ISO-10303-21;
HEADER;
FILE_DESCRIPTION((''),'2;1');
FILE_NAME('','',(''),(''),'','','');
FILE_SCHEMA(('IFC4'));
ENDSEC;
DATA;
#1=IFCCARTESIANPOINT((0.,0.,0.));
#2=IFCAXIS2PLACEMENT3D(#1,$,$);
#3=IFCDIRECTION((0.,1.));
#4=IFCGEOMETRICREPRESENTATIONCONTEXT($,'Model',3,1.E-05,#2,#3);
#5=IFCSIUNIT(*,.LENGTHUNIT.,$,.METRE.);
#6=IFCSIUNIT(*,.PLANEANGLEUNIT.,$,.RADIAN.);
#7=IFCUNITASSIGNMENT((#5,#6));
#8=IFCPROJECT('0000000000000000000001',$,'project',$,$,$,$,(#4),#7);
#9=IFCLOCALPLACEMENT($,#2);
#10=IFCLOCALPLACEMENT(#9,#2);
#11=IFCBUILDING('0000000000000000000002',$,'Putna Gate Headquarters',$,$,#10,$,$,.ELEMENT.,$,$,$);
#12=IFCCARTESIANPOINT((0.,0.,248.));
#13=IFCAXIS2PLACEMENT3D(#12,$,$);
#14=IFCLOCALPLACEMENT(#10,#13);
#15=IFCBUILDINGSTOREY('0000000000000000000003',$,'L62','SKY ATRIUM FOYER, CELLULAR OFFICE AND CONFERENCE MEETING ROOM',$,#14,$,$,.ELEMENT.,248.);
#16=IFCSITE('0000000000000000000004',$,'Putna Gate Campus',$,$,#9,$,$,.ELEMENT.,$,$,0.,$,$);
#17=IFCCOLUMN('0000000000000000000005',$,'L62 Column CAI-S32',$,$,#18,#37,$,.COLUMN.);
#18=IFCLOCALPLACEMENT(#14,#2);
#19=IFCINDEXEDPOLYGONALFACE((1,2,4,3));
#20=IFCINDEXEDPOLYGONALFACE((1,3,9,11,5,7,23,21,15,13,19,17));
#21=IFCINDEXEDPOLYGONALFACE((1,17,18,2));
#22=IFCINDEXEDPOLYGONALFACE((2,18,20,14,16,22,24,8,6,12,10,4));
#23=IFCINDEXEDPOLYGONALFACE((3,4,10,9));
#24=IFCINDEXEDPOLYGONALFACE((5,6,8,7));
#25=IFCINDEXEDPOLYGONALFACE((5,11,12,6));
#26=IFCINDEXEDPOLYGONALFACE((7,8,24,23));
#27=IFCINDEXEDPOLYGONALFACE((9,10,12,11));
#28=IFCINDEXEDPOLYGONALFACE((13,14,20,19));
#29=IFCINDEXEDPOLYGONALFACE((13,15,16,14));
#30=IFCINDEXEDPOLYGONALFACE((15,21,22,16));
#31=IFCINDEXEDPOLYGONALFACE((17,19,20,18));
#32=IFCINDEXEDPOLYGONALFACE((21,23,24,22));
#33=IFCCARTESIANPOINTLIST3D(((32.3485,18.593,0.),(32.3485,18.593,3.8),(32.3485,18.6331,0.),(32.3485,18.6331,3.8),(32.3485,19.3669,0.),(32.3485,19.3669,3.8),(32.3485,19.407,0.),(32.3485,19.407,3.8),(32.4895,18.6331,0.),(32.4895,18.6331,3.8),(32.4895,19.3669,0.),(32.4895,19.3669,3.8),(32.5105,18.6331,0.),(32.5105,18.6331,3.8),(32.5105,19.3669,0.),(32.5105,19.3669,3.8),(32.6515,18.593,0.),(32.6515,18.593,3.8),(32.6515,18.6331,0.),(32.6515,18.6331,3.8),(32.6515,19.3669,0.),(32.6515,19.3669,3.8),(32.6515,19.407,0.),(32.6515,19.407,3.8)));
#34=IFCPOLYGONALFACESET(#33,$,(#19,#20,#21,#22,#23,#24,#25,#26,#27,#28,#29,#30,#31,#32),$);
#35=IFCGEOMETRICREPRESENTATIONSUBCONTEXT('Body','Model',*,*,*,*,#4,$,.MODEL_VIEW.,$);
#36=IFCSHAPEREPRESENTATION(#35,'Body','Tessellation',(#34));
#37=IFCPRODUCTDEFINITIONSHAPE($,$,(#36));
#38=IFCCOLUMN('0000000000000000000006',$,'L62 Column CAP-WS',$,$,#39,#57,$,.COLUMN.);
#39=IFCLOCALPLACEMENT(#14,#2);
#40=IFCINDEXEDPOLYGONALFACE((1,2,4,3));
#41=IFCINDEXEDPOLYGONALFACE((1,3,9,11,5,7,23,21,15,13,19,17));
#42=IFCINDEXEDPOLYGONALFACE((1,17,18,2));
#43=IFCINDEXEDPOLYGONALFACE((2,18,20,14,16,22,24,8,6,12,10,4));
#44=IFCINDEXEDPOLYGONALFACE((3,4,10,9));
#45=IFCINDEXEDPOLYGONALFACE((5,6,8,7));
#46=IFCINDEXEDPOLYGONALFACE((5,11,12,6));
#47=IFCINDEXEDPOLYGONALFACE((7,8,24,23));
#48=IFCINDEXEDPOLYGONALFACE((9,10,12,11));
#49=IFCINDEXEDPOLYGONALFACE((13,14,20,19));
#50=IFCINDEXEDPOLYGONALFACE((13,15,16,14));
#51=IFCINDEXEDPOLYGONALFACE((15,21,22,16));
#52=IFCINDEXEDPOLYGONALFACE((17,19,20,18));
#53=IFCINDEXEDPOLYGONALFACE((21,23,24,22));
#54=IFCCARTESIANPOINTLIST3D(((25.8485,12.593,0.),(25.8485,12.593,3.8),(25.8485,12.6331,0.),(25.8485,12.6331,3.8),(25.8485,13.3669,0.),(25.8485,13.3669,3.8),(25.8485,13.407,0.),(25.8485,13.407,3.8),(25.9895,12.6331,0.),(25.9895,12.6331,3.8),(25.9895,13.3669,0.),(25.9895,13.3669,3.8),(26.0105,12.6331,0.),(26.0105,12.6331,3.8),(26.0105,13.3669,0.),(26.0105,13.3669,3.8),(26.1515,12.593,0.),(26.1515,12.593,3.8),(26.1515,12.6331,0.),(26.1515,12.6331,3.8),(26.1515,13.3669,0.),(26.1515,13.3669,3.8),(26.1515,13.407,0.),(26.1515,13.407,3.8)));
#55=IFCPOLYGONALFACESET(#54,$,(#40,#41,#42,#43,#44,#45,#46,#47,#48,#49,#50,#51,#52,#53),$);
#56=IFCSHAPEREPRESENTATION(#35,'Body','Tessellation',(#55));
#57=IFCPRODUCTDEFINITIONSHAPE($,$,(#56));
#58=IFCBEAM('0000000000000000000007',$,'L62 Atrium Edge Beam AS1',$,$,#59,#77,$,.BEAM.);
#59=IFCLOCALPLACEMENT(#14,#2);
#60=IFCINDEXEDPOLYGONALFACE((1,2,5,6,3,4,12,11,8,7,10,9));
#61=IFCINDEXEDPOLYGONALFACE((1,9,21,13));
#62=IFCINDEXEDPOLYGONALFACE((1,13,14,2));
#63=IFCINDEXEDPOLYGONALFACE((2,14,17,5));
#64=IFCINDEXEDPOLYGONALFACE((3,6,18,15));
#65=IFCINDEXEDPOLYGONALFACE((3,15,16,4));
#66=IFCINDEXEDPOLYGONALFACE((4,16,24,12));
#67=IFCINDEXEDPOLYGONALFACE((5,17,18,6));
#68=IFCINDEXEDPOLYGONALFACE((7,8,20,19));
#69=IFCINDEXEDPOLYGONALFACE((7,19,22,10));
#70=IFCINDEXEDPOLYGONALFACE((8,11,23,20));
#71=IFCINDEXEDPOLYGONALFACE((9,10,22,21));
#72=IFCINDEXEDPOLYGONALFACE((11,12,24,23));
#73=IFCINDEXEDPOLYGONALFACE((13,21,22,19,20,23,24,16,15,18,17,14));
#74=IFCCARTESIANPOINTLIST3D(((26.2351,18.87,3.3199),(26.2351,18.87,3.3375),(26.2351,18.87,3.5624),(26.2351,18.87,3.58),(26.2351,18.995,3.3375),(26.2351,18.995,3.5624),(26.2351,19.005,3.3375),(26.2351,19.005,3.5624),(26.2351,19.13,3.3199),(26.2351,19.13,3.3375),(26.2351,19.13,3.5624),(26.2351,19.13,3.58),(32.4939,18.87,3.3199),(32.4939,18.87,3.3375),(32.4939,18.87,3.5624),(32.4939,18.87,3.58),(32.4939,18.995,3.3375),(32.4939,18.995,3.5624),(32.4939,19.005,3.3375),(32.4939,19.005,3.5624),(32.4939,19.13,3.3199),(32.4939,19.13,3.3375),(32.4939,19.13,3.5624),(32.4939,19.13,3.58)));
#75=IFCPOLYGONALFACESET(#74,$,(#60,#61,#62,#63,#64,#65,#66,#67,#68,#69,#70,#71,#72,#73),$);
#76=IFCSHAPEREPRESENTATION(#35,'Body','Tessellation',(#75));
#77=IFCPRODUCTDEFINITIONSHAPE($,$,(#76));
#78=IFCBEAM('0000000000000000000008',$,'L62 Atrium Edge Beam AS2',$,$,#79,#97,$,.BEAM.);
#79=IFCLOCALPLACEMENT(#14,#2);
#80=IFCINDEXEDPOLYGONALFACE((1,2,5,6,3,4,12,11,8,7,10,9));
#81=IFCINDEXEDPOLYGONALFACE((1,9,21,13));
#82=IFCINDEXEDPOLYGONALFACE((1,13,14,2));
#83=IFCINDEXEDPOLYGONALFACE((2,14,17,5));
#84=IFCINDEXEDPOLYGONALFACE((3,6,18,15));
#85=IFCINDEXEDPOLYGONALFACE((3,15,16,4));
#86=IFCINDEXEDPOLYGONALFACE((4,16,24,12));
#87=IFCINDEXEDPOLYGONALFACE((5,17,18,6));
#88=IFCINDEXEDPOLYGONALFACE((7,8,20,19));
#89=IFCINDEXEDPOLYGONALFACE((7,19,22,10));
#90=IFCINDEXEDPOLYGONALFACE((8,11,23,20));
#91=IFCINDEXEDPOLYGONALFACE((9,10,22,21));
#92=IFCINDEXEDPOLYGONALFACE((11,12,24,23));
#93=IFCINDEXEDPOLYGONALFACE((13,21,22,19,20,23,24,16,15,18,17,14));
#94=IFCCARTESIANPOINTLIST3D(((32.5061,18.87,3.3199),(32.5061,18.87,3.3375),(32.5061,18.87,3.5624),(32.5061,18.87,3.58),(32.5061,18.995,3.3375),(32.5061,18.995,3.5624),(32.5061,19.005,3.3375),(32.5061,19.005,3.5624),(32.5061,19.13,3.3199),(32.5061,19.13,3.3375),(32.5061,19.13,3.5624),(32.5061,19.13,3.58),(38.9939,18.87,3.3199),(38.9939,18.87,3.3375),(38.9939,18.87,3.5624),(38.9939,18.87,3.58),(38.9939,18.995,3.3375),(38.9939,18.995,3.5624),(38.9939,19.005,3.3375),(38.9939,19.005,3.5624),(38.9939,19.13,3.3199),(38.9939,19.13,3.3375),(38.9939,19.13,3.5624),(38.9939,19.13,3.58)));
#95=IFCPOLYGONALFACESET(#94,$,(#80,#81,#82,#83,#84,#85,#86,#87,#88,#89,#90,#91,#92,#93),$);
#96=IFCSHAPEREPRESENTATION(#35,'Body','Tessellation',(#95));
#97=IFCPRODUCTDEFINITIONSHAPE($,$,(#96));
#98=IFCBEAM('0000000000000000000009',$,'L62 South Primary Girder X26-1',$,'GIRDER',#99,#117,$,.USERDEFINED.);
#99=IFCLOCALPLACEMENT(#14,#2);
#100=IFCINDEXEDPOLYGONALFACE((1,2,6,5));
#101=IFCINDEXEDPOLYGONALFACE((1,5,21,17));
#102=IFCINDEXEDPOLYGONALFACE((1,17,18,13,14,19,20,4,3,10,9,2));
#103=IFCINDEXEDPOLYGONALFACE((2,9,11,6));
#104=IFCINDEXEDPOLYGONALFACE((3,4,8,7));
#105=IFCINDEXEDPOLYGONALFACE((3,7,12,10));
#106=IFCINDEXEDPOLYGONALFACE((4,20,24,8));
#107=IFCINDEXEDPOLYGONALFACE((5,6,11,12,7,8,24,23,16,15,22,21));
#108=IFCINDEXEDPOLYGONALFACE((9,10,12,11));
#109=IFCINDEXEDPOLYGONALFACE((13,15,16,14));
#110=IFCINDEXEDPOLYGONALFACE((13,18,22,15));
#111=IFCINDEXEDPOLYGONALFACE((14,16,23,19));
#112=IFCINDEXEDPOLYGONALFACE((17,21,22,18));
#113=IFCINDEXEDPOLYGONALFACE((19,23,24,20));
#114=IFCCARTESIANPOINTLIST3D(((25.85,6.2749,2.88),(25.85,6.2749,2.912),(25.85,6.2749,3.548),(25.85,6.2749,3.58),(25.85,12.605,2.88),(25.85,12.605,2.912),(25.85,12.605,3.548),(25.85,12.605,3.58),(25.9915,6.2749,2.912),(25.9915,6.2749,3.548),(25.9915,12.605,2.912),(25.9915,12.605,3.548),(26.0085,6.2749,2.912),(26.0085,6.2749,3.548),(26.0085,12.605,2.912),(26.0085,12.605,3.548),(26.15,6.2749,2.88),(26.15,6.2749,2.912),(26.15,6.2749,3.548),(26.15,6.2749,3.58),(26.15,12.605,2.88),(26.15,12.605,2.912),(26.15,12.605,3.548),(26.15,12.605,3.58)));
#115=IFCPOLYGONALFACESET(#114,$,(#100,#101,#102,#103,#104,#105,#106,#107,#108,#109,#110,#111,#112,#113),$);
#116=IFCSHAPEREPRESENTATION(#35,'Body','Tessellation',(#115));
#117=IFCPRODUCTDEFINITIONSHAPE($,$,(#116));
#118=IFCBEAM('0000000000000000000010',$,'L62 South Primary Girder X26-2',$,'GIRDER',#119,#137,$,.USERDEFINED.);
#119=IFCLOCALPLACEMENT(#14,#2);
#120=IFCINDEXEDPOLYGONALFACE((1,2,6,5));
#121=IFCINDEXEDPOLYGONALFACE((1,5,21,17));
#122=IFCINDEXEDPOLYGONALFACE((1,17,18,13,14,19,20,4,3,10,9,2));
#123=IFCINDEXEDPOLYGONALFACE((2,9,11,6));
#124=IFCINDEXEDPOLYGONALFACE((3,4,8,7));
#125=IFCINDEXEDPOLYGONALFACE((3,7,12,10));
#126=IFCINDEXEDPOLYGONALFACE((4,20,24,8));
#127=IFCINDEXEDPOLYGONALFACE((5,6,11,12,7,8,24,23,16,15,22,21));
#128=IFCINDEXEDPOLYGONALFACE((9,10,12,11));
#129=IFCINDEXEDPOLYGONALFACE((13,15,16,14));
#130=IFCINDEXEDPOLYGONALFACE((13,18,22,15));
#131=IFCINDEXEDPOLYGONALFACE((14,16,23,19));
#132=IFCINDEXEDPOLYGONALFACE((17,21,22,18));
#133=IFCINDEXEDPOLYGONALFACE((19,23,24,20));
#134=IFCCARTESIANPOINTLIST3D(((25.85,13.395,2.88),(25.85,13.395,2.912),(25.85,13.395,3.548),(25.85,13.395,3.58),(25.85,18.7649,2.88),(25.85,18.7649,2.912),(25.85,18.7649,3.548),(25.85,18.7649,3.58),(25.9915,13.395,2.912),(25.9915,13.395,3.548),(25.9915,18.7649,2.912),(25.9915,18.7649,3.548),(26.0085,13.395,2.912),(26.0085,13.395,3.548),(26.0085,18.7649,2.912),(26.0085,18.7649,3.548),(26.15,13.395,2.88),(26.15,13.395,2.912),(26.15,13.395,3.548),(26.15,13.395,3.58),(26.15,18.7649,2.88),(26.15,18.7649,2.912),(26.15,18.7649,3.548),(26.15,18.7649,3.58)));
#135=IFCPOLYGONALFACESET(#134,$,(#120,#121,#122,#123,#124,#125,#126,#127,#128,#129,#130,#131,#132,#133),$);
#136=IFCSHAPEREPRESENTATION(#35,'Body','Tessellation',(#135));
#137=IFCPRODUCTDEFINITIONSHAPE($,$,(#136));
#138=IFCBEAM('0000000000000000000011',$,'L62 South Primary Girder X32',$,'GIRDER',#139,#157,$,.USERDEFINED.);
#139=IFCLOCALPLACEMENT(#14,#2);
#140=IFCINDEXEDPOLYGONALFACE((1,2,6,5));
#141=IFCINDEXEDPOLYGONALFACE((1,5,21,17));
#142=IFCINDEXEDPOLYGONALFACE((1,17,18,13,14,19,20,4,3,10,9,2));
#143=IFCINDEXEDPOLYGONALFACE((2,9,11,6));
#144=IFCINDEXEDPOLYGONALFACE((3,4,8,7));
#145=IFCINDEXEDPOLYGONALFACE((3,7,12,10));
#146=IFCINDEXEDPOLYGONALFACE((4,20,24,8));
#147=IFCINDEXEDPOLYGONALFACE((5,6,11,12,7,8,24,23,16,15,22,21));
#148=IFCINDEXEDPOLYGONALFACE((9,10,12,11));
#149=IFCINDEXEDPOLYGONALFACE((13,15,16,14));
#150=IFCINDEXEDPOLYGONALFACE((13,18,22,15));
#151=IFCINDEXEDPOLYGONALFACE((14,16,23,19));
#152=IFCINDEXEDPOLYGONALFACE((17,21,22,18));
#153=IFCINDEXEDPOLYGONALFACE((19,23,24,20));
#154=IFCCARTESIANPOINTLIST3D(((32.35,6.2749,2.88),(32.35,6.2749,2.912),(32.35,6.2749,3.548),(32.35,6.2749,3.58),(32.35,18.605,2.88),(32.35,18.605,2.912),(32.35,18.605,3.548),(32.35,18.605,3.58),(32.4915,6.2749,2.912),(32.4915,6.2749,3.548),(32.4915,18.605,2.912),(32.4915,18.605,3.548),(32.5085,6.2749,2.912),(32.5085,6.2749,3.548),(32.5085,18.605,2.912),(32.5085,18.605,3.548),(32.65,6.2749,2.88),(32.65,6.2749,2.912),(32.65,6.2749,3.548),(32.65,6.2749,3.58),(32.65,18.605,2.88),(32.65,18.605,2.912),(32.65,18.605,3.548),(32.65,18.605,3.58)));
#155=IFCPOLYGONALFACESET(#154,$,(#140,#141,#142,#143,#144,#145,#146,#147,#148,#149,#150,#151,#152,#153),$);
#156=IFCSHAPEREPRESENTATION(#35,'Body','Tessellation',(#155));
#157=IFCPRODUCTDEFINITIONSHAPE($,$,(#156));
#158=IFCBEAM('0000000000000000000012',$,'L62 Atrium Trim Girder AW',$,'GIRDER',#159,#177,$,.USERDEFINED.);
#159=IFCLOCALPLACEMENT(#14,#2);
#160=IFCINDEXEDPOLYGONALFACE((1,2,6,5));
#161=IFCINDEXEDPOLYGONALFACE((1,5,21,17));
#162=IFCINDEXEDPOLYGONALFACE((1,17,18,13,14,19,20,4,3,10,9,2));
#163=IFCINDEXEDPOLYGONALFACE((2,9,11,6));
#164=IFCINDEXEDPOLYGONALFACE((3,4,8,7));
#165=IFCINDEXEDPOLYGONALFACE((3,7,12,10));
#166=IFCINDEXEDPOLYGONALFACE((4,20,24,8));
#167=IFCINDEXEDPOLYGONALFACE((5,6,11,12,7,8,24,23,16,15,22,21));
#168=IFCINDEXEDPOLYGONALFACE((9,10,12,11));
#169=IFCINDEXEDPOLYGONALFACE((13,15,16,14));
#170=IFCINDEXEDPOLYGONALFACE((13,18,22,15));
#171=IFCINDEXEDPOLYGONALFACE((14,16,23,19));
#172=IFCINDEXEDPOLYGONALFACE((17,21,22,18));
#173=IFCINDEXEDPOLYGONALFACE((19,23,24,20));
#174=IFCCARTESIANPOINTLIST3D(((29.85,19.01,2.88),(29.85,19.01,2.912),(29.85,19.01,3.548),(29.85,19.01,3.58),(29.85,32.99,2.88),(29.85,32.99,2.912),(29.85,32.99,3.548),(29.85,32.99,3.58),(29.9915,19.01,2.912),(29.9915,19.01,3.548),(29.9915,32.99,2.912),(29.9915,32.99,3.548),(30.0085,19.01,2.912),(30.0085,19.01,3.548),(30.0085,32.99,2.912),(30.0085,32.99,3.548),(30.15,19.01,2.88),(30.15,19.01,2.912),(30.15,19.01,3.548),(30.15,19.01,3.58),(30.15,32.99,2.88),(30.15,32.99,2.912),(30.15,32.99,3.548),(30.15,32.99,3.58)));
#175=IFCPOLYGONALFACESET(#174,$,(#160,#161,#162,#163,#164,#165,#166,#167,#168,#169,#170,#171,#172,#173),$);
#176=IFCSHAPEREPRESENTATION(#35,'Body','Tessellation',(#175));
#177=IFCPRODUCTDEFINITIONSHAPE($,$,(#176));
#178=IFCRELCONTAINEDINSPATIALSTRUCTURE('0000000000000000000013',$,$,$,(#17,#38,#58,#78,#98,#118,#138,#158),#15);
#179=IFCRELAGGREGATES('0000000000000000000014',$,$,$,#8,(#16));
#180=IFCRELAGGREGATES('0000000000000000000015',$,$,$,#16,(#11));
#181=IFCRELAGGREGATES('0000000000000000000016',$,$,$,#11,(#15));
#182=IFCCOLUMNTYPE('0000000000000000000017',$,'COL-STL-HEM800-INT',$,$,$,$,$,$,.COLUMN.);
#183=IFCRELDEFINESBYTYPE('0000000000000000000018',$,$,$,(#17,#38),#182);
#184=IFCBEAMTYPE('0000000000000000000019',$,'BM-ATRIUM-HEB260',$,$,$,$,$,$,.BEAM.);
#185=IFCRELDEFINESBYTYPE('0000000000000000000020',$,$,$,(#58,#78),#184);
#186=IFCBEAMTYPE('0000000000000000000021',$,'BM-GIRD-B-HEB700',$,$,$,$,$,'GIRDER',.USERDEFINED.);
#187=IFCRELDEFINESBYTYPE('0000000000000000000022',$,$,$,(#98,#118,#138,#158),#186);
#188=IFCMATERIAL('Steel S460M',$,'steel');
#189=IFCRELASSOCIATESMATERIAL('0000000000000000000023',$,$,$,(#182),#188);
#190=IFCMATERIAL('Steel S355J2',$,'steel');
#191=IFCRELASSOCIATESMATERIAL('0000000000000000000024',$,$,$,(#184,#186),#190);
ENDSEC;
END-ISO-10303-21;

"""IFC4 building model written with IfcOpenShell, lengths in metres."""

from ifc_helpers import new_model, si_unit, direction, frame, origin, origin_2d, place, context, subcontext, project, spatial, i_section, extrude, material, material_profile, profile_set, type_object, element, save


model = new_model("IFC4")

# Units and contexts
model_context = context("Model", 3, precision=1e-05, world=origin(), true_north=direction((0.0, 1.0)))
body_context = subcontext(model_context, "Body", "Model", "MODEL_VIEW")
ifc_project = project(units=[si_unit("LENGTHUNIT", "METRE"), si_unit("PLANEANGLEUNIT", "RADIAN")], contexts=[model_context])

# Site, building, storey
site_placement = place(None, origin())
site = spatial("IfcSite", under=ifc_project, at=site_placement, Name="Putna Gate Campus", CompositionType="ELEMENT", RefElevation=0.0)
building_placement = place(site_placement, origin())
building = spatial("IfcBuilding", under=site, at=building_placement, Name="Putna Gate Headquarters", CompositionType="ELEMENT")
storey_placement = place(building_placement, frame((0.0, 0.0, 248.0)))
storey = spatial("IfcBuildingStorey", under=building, at=storey_placement, Name="L62", Description="SKY ATRIUM FOYER, CELLULAR OFFICE AND CONFERENCE MEETING ROOM", CompositionType="ELEMENT", Elevation=248.0)

# Columns
ifc_material_1 = material(Name="Steel S460M", Category="steel")
ifc_material_profile_1 = material_profile(ifc_material_1, i_section(OverallWidth=0.303, OverallDepth=0.814, WebThickness=0.021, FlangeThickness=0.04, at=origin_2d()), Name="Steel S460M")
ifc_profile_set_1 = profile_set([ifc_material_profile_1], Name="Steel S460M")
column_type = type_object("IfcColumnType", Name="COL-STL-HEM800-INT", PredefinedType="COLUMN", material=ifc_profile_set_1)
for number, where, z_axis, x_axis, name in (
    (1, (32.5, 19.0, 0.0), (0.0, 0.0, 1.0), (1.0, 0.0, 0.0), "L62 Column CAI-S32"),
    (2, (26.0, 13.0, 0.0), (0.0, 0.0, 1.0), (1.0, 0.0, 0.0), "L62 Column CAP-WS"),
):
    element("IfcColumn", number, at=place(storey_placement, frame(where, z_axis=z_axis, x_axis=x_axis)), inside=storey, type_object=column_type, Name=name, PredefinedType="COLUMN", context=body_context, shape_type="SweptSolid", body=[
        extrude(i_section(OverallWidth=0.303, OverallDepth=0.814, WebThickness=0.021, FlangeThickness=0.04, at=origin_2d()), origin(), (0.0, 0.0, 1.0), 3.8),
    ])

# Beams
ifc_material_2 = material(Name="Steel S355J2", Category="steel")
ifc_material_profile_2 = material_profile(ifc_material_2, i_section(OverallWidth=0.26, OverallDepth=0.26, WebThickness=0.01, FlangeThickness=0.0176, at=origin_2d()), Name="Steel S355J2")
ifc_profile_set_2 = profile_set([ifc_material_profile_2], Name="Steel S355J2")
beam_type_1 = type_object("IfcBeamType", Name="BM-ATRIUM-HEB260", PredefinedType="BEAM", material=ifc_profile_set_2)
beam_1_placement = place(storey_placement, frame((26.2351, 19.0, 3.45), z_axis=(1.0, 0.0, 0.0), x_axis=(0.0, 1.0, 0.0)))
element("IfcBeam", 3, at=beam_1_placement, inside=storey, type_object=beam_type_1, Name="L62 Atrium Edge Beam AS1", PredefinedType="BEAM", context=body_context, shape_type="SweptSolid", body=[
    extrude(i_section(OverallWidth=0.26, OverallDepth=0.26, WebThickness=0.01, FlangeThickness=0.0176, at=origin_2d()), origin(), (0.0, 0.0, 1.0), 6.2588),
])
beam_2_placement = place(storey_placement, frame((32.5061, 19.0, 3.45), z_axis=(1.0, 0.0, 0.0), x_axis=(0.0, 1.0, 0.0)))
element("IfcBeam", 4, at=beam_2_placement, inside=storey, type_object=beam_type_1, Name="L62 Atrium Edge Beam AS2", PredefinedType="BEAM", context=body_context, shape_type="SweptSolid", body=[
    extrude(i_section(OverallWidth=0.26, OverallDepth=0.26, WebThickness=0.01, FlangeThickness=0.0176, at=origin_2d()), origin(), (0.0, 0.0, 1.0), 6.4878),
])
ifc_material_profile_3 = material_profile(ifc_material_2, i_section(OverallWidth=0.3, OverallDepth=0.7, WebThickness=0.0171, FlangeThickness=0.032, at=origin_2d()), Name="Steel S355J2")
ifc_profile_set_3 = profile_set([ifc_material_profile_3], Name="Steel S355J2")
beam_type_2 = type_object("IfcBeamType", Name="BM-GIRD-B-HEB700", ElementType="GIRDER", PredefinedType="USERDEFINED", material=ifc_profile_set_3)
beam_3_placement = place(storey_placement, frame((26.0, 6.2749, 3.23), z_axis=(0.0, 1.0, 0.0), x_axis=(-1.0, 0.0, 0.0)))
element("IfcBeam", 5, at=beam_3_placement, inside=storey, type_object=beam_type_2, Name="L62 South Primary Girder X26-1", ObjectType="GIRDER", PredefinedType="USERDEFINED", context=body_context, shape_type="SweptSolid", body=[
    extrude(i_section(OverallWidth=0.3, OverallDepth=0.7, WebThickness=0.0171, FlangeThickness=0.032, at=origin_2d()), origin(), (0.0, 0.0, 1.0), 6.3301),
])
beam_4_placement = place(storey_placement, frame((26.0, 13.395, 3.23), z_axis=(0.0, 1.0, 0.0), x_axis=(-1.0, 0.0, 0.0)))
element("IfcBeam", 6, at=beam_4_placement, inside=storey, type_object=beam_type_2, Name="L62 South Primary Girder X26-2", ObjectType="GIRDER", PredefinedType="USERDEFINED", context=body_context, shape_type="SweptSolid", body=[
    extrude(i_section(OverallWidth=0.3, OverallDepth=0.7, WebThickness=0.0171, FlangeThickness=0.032, at=origin_2d()), origin(), (0.0, 0.0, 1.0), 5.3699),
])
beam_5_placement = place(storey_placement, frame((32.5, 6.2749, 3.23), z_axis=(0.0, 1.0, 0.0), x_axis=(-1.0, 0.0, 0.0)))
element("IfcBeam", 7, at=beam_5_placement, inside=storey, type_object=beam_type_2, Name="L62 South Primary Girder X32", ObjectType="GIRDER", PredefinedType="USERDEFINED", context=body_context, shape_type="SweptSolid", body=[
    extrude(i_section(OverallWidth=0.3, OverallDepth=0.7, WebThickness=0.0171, FlangeThickness=0.032, at=origin_2d()), origin(), (0.0, 0.0, 1.0), 12.3301),
])
beam_6_placement = place(storey_placement, frame((30.0, 19.01, 3.23), z_axis=(0.0, 1.0, 0.0), x_axis=(-1.0, 0.0, 0.0)))
element("IfcBeam", 8, at=beam_6_placement, inside=storey, type_object=beam_type_2, Name="L62 Atrium Trim Girder AW", ObjectType="GIRDER", PredefinedType="USERDEFINED", context=body_context, shape_type="SweptSolid", body=[
    extrude(i_section(OverallWidth=0.3, OverallDepth=0.7, WebThickness=0.0171, FlangeThickness=0.032, at=origin_2d()), origin(), (0.0, 0.0, 1.0), 13.98),
])

save(model, "model.ifc")
